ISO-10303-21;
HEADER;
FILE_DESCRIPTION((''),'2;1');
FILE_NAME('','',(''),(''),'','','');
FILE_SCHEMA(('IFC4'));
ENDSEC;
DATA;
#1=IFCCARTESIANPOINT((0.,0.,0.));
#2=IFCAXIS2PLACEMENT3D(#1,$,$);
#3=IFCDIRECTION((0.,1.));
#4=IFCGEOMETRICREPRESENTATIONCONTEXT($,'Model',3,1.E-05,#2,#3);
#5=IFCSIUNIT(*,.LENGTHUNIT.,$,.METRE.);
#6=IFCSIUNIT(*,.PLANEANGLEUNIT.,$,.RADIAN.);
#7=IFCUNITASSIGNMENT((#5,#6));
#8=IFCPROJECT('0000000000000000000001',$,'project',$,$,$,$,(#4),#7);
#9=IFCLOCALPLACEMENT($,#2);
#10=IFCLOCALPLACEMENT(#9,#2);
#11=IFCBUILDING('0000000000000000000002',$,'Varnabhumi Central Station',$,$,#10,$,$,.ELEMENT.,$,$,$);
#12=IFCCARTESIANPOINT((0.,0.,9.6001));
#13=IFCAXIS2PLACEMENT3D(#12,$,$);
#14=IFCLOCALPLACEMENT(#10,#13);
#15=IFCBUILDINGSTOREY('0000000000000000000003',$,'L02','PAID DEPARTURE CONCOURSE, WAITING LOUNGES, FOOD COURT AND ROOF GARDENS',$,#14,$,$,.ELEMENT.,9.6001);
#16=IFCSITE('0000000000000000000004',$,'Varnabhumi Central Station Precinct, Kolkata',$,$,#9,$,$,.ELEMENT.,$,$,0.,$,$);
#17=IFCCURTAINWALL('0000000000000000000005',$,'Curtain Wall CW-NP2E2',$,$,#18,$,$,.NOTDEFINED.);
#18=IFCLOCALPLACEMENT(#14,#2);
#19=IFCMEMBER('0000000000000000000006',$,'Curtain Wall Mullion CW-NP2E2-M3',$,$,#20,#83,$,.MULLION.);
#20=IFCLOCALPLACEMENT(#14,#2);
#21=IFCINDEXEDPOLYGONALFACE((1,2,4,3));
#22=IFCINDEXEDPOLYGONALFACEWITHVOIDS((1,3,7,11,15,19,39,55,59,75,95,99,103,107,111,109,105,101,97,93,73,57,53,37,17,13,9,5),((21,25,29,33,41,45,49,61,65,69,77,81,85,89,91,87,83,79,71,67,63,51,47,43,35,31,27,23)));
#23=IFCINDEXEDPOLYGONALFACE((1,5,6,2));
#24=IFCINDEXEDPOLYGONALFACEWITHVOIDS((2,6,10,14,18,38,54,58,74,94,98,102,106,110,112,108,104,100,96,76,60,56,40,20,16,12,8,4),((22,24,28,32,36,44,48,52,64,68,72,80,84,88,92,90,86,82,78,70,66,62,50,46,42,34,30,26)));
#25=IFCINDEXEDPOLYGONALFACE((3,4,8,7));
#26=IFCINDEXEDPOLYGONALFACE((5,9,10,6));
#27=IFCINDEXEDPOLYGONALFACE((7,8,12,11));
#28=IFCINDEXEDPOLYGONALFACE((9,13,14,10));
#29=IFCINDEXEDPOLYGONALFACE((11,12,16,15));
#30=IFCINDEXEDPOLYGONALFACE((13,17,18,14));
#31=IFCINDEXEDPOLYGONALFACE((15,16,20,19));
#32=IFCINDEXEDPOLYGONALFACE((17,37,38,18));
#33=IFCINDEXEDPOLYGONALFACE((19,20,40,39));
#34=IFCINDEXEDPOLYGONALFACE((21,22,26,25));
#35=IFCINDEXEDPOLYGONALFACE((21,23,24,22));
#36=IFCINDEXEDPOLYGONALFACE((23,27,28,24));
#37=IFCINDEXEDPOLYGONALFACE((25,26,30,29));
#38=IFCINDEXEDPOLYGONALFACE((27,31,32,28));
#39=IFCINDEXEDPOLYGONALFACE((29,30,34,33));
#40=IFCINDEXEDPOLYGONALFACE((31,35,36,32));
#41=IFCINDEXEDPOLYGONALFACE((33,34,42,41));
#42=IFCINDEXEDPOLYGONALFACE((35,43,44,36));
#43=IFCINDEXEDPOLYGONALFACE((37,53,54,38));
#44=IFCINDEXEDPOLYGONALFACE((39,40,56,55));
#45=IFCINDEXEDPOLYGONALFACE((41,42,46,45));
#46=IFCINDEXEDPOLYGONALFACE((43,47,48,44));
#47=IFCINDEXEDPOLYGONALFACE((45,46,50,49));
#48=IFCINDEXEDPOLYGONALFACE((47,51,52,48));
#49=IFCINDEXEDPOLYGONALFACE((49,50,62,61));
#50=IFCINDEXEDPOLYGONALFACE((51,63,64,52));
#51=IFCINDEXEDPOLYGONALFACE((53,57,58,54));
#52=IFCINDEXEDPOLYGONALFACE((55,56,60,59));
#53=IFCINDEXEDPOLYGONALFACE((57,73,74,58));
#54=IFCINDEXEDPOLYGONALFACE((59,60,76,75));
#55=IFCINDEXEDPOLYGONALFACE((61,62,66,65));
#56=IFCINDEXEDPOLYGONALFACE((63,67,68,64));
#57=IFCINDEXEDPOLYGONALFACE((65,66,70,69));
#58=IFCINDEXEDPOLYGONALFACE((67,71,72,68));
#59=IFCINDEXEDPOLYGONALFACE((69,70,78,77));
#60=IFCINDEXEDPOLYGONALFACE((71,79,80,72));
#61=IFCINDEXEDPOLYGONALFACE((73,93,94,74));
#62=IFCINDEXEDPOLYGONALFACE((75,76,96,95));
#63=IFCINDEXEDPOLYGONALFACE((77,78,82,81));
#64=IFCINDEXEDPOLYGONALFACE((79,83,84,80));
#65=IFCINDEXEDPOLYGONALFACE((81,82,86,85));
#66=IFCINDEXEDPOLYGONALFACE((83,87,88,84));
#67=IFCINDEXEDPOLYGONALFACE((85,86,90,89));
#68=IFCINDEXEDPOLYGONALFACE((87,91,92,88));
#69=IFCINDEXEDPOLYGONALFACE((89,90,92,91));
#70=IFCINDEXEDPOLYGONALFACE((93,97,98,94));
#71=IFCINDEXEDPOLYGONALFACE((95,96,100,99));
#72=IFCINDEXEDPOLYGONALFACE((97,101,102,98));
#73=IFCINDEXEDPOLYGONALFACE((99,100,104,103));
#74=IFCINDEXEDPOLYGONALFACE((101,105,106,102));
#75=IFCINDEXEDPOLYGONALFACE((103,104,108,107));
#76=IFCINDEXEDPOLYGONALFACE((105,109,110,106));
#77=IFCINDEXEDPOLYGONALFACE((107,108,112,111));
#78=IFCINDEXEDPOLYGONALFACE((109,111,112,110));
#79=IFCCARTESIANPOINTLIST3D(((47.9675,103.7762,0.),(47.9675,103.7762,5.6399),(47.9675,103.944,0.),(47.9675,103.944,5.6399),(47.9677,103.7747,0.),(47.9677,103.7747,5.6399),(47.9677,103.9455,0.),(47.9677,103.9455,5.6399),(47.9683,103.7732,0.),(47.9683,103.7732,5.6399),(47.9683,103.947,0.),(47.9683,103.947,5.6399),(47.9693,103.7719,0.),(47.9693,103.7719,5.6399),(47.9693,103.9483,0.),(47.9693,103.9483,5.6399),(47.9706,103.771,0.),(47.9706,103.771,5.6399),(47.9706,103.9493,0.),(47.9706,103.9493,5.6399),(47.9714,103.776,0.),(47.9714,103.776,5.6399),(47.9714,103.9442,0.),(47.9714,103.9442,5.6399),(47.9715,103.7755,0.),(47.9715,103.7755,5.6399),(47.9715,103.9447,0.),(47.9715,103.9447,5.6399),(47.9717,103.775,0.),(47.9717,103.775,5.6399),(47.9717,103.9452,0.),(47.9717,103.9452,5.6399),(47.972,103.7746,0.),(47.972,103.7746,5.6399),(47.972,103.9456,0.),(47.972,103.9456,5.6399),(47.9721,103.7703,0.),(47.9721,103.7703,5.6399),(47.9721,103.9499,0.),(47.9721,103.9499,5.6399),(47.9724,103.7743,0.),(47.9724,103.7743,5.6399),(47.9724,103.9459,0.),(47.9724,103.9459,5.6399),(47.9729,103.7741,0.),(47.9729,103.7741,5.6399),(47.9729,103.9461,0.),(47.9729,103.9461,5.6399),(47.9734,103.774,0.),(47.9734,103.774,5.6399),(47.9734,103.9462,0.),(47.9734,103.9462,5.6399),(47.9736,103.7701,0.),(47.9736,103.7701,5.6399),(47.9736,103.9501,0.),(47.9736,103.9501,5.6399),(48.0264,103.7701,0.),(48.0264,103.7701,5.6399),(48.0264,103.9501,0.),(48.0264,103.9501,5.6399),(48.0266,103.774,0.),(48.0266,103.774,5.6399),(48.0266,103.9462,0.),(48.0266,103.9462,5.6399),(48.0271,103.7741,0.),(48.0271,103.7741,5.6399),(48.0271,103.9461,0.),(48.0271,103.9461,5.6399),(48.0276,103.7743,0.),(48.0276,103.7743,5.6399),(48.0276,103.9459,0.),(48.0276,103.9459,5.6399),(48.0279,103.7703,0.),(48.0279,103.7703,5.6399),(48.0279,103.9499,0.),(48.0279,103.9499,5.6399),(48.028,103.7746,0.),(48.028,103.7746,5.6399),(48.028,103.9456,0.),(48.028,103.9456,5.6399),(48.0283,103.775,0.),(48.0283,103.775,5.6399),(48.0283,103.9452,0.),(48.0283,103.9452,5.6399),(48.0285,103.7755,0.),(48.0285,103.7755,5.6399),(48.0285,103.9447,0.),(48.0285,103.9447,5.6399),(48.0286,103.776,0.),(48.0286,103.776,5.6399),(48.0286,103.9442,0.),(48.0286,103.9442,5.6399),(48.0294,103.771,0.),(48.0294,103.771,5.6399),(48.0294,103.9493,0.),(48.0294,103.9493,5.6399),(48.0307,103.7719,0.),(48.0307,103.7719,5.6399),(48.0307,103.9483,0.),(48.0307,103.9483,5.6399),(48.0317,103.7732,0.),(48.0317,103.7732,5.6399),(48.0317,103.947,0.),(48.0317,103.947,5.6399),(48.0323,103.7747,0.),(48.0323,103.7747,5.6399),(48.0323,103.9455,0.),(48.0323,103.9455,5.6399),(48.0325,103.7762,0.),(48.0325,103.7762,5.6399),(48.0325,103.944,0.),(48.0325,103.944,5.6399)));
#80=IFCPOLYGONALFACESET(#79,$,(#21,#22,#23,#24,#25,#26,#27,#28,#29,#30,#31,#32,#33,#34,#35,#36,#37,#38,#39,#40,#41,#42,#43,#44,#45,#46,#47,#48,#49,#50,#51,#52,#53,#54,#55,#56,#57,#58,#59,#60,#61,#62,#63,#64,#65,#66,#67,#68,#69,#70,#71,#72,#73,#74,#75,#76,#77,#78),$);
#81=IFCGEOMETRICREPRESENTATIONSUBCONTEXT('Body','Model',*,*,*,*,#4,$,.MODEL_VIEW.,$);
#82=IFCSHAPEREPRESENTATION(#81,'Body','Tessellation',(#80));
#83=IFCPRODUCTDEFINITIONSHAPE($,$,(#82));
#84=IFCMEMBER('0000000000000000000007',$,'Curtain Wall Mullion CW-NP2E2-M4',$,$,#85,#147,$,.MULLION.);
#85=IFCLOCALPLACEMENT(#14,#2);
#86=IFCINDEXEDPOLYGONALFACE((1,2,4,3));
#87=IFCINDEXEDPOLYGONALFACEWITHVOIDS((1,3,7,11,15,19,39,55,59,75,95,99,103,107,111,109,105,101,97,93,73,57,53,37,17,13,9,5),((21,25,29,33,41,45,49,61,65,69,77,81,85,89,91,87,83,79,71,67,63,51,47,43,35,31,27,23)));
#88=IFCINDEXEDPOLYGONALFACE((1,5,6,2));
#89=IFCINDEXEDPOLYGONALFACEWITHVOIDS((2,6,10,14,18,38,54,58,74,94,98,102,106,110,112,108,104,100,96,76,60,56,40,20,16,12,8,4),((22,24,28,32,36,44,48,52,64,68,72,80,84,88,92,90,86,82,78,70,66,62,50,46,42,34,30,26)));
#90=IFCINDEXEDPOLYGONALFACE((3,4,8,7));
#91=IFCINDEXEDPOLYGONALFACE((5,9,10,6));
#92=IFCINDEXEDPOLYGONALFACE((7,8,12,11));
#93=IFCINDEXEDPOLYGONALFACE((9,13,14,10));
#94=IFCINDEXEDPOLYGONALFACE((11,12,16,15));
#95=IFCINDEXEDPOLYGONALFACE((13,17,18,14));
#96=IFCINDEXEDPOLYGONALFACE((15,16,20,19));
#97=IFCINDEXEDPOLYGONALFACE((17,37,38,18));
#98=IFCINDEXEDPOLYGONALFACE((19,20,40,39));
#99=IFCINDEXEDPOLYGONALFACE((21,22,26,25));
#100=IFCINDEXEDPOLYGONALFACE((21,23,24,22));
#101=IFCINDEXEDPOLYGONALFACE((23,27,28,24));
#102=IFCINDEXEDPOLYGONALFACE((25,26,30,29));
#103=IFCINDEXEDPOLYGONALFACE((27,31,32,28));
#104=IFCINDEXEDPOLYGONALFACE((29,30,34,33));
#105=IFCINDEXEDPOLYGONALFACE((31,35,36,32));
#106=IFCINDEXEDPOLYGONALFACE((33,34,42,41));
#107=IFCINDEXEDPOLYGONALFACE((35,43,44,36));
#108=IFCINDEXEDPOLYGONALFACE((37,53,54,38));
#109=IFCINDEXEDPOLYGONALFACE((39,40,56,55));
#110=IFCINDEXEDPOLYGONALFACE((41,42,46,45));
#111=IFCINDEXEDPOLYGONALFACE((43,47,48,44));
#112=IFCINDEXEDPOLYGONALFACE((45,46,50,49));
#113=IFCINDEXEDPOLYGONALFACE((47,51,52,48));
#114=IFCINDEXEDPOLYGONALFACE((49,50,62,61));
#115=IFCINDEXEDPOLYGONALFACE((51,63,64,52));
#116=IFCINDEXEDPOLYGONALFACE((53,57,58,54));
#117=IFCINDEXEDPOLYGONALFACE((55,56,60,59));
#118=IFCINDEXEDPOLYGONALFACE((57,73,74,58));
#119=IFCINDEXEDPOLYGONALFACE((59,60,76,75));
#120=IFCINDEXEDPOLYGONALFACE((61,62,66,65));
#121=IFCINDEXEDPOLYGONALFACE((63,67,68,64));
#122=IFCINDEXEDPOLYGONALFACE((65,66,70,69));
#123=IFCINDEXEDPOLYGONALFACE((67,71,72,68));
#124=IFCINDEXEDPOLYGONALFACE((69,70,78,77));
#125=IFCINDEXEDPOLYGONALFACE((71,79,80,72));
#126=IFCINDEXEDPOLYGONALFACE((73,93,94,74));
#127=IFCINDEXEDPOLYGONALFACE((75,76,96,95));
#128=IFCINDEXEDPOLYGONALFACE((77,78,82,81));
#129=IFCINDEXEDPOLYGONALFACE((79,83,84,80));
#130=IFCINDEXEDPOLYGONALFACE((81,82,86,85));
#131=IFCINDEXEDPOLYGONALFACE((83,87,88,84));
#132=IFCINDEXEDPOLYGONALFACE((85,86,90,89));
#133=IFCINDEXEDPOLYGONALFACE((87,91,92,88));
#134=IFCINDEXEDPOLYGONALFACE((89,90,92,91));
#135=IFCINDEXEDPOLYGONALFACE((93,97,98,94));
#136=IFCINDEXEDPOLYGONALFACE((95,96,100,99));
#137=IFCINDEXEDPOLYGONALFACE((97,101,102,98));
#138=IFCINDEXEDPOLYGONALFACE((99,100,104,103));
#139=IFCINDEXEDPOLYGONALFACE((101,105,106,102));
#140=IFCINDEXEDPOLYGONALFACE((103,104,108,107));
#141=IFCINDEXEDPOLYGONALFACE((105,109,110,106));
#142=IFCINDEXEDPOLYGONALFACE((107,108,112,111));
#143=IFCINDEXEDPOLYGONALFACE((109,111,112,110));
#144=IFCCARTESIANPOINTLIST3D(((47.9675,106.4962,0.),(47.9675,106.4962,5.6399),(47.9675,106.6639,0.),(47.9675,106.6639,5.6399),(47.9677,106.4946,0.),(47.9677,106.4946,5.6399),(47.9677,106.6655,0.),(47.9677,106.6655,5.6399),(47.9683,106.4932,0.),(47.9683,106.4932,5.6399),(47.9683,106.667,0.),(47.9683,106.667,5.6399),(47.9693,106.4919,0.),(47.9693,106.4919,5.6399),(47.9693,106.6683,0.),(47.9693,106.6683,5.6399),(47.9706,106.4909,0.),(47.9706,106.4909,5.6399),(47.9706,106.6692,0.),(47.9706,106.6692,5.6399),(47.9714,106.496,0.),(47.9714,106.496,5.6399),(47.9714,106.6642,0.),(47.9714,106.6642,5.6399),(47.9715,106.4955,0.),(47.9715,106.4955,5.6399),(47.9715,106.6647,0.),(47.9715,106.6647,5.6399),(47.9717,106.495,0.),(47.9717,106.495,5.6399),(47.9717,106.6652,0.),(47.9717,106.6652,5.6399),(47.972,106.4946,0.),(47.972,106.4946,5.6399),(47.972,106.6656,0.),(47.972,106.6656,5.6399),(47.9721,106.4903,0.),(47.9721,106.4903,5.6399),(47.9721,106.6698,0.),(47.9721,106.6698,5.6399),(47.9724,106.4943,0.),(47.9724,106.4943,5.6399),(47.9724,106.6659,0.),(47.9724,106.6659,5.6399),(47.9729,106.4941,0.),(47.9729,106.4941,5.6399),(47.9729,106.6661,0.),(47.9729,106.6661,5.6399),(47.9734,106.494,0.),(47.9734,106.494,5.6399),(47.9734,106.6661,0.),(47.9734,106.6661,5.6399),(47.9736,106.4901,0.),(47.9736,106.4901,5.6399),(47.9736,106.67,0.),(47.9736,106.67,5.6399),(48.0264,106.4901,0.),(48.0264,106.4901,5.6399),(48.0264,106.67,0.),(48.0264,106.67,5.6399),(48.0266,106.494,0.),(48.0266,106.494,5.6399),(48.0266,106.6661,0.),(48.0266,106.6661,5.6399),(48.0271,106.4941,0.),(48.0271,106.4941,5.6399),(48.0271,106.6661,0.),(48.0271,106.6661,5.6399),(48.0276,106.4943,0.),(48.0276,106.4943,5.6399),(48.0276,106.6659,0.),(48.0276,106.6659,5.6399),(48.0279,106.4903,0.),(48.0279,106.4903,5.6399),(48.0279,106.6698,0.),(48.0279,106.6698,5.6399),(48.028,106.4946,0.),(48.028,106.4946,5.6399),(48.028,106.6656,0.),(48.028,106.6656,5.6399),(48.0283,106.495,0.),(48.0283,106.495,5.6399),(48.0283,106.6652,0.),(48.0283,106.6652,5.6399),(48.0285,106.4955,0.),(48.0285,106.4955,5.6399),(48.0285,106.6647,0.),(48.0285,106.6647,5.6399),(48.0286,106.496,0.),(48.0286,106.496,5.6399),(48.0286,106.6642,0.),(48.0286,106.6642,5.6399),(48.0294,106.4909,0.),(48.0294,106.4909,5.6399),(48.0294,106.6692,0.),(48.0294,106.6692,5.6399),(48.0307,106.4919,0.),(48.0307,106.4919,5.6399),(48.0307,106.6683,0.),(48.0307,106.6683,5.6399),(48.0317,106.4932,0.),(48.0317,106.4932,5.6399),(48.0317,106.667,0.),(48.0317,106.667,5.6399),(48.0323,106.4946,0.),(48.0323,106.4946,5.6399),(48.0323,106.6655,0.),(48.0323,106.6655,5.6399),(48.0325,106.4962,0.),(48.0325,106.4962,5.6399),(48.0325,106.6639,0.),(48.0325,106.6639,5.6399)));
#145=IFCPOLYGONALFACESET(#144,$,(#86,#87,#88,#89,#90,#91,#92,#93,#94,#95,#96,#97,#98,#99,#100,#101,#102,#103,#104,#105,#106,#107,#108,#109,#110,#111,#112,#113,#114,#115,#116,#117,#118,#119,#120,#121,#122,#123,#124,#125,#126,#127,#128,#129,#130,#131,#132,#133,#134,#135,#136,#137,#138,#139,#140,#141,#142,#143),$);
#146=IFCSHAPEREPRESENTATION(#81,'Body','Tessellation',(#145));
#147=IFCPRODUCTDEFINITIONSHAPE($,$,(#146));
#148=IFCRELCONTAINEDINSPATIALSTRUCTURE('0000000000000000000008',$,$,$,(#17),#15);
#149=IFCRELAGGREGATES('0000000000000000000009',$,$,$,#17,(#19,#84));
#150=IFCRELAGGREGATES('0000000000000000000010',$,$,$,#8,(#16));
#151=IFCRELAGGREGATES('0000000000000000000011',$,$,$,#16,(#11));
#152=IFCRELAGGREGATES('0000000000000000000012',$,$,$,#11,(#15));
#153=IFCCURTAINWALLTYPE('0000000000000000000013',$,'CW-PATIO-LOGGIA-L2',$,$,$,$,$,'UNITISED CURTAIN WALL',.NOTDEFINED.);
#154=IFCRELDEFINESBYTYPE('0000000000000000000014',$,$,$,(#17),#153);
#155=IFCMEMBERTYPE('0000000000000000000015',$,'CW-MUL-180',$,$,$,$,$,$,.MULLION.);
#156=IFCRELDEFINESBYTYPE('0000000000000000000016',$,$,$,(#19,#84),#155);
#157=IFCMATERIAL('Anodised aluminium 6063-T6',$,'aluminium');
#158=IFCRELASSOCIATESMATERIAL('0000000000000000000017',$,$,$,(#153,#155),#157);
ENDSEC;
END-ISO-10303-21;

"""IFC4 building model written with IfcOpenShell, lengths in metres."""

from ifc_helpers import new_model, si_unit, direction, frame, origin, origin_2d, place, context, subcontext, project, spatial, hollow_rectangle, extrude, material, material_profile, profile_set, type_object, element, aggregate, save


model = new_model("IFC4")

# Units and contexts
model_context = context("Model", 3, precision=1e-05, world=origin(), true_north=direction((0.0, 1.0)))
body_context = subcontext(model_context, "Body", "Model", "MODEL_VIEW")
ifc_project = project(units=[si_unit("LENGTHUNIT", "METRE"), si_unit("PLANEANGLEUNIT", "RADIAN")], contexts=[model_context])

# Site, building, storey
site_placement = place(None, origin())
site = spatial("IfcSite", under=ifc_project, at=site_placement, Name="Varnabhumi Central Station Precinct, Kolkata", CompositionType="ELEMENT", RefElevation=0.0)
building_placement = place(site_placement, origin())
building = spatial("IfcBuilding", under=site, at=building_placement, Name="Varnabhumi Central Station", CompositionType="ELEMENT")
storey_placement = place(building_placement, frame((0.0, 0.0, 9.6001)))
storey = spatial("IfcBuildingStorey", under=building, at=storey_placement, Name="L02", Description="PAID DEPARTURE CONCOURSE, WAITING LOUNGES, FOOD COURT AND ROOF GARDENS", CompositionType="ELEMENT", Elevation=9.6001)

# Curtain wall, members
ifc_material_1 = material(Name="Anodised aluminium 6063-T6", Category="aluminium")
curtain_wall_type = type_object("IfcCurtainWallType", Name="CW-PATIO-LOGGIA-L2", ElementType="UNITISED CURTAIN WALL", PredefinedType="NOTDEFINED", material=ifc_material_1)
curtain_wall_1_placement = place(storey_placement, origin())
curtain_wall_1 = element("IfcCurtainWall", 1, at=curtain_wall_1_placement, inside=storey, type_object=curtain_wall_type, Name="Curtain Wall CW-NP2E2", PredefinedType="NOTDEFINED")
ifc_material_profile_1 = material_profile(ifc_material_1, hollow_rectangle(XDim=0.0649, YDim=0.1799, WallThickness=0.0039, InnerFilletRadius=0.002, OuterFilletRadius=0.0061, at=origin_2d()), Name="Anodised aluminium 6063-T6", Category="aluminium")
ifc_profile_set_1 = profile_set([ifc_material_profile_1], Name="Anodised aluminium 6063-T6")
member_type_1 = type_object("IfcMemberType", Name="CW-MUL-180", PredefinedType="MULLION", material=ifc_profile_set_1)
member_1_placement = place(storey_placement, frame((48.0, 103.8601, 0.0), z_axis=(0.0, 0.0, 1.0), x_axis=(1.0, 0.0, 0.0)))
member_1 = element("IfcMember", 2, at=member_1_placement, type_object=member_type_1, Name="Curtain Wall Mullion CW-NP2E2-M3", PredefinedType="MULLION", context=body_context, shape_type="SweptSolid", body=[
    extrude(hollow_rectangle(XDim=0.0649, YDim=0.1799, WallThickness=0.0039, InnerFilletRadius=0.002, OuterFilletRadius=0.0061, at=origin_2d()), origin(), (0.0, 0.0, 1.0), 5.6399),
])
member_2_placement = place(storey_placement, frame((48.0, 106.5801, 0.0), z_axis=(0.0, 0.0, 1.0), x_axis=(1.0, 0.0, 0.0)))
member_2 = element("IfcMember", 3, at=member_2_placement, type_object=member_type_1, Name="Curtain Wall Mullion CW-NP2E2-M4", PredefinedType="MULLION", context=body_context, shape_type="SweptSolid", body=[
    extrude(hollow_rectangle(XDim=0.0649, YDim=0.1799, WallThickness=0.0039, InnerFilletRadius=0.002, OuterFilletRadius=0.0061, at=origin_2d()), origin(), (0.0, 0.0, 1.0), 5.6399),
])

aggregate(curtain_wall_1, [member_1, member_2])

save(model, "model.ifc")
